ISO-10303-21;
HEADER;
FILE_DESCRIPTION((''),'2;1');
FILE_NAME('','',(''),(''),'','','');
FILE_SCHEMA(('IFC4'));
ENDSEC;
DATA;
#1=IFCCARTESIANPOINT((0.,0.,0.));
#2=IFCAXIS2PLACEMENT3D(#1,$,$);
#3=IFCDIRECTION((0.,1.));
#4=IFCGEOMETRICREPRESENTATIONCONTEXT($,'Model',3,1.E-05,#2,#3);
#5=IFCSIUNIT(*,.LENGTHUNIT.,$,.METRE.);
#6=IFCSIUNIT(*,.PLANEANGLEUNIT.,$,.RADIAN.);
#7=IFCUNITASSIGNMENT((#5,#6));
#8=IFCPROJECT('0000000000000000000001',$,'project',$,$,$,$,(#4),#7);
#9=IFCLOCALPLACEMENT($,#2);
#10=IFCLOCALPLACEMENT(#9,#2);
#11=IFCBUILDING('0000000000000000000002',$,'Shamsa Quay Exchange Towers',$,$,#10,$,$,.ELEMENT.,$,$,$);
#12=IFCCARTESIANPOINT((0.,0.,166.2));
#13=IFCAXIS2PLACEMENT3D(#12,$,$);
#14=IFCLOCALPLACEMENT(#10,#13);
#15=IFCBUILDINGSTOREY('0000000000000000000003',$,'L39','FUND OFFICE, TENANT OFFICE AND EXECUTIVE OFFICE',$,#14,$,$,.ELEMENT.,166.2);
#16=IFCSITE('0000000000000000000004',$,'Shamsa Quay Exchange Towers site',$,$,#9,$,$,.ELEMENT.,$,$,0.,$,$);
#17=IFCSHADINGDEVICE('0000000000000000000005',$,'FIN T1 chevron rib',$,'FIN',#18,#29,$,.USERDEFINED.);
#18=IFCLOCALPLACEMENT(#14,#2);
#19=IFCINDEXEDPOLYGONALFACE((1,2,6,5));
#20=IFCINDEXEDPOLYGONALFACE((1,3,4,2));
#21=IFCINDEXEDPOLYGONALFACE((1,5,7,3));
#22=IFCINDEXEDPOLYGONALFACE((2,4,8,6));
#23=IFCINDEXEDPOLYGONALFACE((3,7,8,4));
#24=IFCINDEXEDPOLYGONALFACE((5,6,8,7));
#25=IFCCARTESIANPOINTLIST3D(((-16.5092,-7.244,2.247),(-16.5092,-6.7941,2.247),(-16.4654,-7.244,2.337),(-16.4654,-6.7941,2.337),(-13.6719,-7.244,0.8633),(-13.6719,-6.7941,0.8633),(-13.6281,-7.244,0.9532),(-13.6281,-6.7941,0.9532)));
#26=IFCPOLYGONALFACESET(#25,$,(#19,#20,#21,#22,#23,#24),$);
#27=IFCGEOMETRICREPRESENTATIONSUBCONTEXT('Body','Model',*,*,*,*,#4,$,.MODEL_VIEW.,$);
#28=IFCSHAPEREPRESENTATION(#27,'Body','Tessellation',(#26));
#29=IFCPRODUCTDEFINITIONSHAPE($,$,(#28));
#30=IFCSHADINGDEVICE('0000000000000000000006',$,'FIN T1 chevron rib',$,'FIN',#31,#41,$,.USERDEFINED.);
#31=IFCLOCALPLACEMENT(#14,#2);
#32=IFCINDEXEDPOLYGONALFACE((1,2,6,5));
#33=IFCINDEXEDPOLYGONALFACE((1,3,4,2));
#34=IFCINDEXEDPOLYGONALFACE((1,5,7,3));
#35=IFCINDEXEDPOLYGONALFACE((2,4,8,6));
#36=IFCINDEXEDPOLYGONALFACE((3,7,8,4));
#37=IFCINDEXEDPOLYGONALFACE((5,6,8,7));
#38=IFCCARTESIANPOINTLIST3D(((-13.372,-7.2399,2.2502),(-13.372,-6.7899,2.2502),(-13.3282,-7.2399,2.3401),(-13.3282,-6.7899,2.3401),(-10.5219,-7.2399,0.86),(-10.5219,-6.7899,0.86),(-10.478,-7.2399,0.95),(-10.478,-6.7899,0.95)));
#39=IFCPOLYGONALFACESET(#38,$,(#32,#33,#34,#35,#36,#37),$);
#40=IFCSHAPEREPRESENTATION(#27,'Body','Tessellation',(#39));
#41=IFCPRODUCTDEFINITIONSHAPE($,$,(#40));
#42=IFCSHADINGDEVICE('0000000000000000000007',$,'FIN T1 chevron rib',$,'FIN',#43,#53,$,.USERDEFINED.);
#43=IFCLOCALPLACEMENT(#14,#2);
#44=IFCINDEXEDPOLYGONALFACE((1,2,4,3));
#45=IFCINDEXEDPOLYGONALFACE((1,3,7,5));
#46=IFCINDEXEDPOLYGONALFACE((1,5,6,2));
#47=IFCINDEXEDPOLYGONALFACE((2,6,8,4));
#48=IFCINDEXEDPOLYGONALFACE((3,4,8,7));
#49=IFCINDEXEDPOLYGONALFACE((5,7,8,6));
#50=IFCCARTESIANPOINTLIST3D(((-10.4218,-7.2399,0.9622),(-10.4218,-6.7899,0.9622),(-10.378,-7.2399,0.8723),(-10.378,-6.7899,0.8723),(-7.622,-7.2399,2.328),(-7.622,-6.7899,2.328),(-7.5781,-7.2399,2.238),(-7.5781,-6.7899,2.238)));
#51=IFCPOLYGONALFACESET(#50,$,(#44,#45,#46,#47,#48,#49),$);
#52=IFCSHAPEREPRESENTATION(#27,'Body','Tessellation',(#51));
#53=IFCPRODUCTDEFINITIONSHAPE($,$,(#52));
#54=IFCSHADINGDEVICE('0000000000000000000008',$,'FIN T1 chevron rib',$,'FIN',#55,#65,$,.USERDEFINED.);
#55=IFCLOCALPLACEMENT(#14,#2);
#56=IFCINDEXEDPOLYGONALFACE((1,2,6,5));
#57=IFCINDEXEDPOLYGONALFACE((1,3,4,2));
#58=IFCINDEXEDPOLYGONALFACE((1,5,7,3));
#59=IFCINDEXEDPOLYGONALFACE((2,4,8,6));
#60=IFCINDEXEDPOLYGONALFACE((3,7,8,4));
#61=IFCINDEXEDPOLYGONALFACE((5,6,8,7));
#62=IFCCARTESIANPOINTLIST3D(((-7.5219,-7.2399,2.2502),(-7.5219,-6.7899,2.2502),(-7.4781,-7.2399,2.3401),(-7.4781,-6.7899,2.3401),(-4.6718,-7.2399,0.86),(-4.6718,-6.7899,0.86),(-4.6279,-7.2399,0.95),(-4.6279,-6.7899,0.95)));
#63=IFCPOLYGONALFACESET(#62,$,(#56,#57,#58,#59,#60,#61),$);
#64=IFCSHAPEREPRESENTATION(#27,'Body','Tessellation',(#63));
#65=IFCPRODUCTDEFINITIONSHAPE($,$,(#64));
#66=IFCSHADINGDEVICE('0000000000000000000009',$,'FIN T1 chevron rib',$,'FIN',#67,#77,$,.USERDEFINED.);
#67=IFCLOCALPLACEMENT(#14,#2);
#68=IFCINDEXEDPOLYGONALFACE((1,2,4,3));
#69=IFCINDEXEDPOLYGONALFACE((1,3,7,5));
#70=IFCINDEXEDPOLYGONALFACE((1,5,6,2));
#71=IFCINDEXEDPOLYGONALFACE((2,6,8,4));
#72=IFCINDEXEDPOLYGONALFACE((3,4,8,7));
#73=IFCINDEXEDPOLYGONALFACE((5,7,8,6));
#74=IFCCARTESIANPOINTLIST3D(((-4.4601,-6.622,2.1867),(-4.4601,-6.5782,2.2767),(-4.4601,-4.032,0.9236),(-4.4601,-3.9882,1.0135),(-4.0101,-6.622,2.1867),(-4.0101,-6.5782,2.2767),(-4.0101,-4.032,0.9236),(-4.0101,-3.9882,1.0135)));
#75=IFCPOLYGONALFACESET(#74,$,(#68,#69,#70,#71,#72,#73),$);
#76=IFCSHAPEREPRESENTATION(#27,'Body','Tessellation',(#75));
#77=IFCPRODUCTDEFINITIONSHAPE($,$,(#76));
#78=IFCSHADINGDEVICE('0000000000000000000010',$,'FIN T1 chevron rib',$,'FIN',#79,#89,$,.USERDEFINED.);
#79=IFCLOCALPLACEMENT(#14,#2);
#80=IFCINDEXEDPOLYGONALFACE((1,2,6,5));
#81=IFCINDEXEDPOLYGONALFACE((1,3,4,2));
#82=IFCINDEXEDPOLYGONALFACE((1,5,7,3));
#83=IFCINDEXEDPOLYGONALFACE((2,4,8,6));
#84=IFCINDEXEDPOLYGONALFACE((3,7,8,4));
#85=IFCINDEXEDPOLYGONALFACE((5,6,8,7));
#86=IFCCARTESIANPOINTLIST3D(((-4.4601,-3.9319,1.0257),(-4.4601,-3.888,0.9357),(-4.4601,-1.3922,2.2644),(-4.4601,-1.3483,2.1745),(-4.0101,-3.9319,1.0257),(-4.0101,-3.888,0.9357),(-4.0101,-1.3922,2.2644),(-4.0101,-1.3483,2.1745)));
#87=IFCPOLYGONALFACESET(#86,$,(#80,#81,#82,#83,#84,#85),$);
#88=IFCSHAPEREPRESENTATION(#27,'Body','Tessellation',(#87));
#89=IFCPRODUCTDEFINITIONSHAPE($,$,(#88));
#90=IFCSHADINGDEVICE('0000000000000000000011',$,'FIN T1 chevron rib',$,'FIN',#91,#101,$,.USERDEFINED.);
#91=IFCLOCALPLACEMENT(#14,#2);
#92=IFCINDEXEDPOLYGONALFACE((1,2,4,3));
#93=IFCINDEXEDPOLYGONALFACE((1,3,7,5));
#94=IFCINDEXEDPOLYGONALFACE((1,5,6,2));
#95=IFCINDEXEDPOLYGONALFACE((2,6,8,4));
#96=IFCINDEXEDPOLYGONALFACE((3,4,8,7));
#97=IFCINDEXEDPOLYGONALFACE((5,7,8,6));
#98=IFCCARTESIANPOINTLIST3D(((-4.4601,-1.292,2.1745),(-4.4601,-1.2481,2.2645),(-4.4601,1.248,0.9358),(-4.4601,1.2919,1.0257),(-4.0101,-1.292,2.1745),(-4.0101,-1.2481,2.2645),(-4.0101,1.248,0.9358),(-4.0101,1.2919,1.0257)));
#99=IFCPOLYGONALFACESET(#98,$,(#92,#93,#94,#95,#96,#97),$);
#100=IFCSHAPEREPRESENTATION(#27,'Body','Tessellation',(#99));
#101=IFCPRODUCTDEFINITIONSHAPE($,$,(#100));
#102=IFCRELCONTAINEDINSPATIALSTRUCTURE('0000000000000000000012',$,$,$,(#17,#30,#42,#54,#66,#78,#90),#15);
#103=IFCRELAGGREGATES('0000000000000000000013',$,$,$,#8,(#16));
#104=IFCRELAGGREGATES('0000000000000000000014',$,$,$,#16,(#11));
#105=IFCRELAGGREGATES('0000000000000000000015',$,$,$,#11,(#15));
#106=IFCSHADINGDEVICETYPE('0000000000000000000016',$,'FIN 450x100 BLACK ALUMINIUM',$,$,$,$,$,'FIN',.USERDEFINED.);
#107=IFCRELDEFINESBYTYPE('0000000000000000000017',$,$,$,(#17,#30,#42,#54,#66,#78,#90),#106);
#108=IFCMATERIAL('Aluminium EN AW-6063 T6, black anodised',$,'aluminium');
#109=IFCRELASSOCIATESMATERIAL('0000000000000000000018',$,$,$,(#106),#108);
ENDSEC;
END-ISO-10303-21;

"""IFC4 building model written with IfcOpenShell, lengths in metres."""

from ifc_helpers import new_model, si_unit, direction, frame, origin, origin_2d, place, context, subcontext, project, spatial, rectangle, extrude, material, material_profile, profile_set, type_object, element, save


model = new_model("IFC4")

# Units and contexts
model_context = context("Model", 3, precision=1e-05, world=origin(), true_north=direction((0.0, 1.0)))
body_context = subcontext(model_context, "Body", "Model", "MODEL_VIEW")
ifc_project = project(units=[si_unit("LENGTHUNIT", "METRE"), si_unit("PLANEANGLEUNIT", "RADIAN")], contexts=[model_context])

# Site, building, storey
site_placement = place(None, origin())
site = spatial("IfcSite", under=ifc_project, at=site_placement, Name="Shamsa Quay Exchange Towers site", CompositionType="ELEMENT", RefElevation=0.0)
building_placement = place(site_placement, origin())
building = spatial("IfcBuilding", under=site, at=building_placement, Name="Shamsa Quay Exchange Towers", CompositionType="ELEMENT")
storey_placement = place(building_placement, frame((0.0, 0.0, 166.2)))
storey = spatial("IfcBuildingStorey", under=building, at=storey_placement, Name="L39", Description="FUND OFFICE, TENANT OFFICE AND EXECUTIVE OFFICE", CompositionType="ELEMENT", Elevation=166.2)

# Shared definitions
ifc_material_1 = material(Name="Aluminium EN AW-6063 T6, black anodised", Category="aluminium")

# Shading devices
ifc_material_profile_1 = material_profile(ifc_material_1, rectangle(XDim=0.45, YDim=0.1001, at=origin_2d()), Name="FIN450x100")
ifc_profile_set_1 = profile_set([ifc_material_profile_1], Name="Aluminium EN AW-6063 T6, black anodised")
shading_device_type = type_object("IfcShadingDeviceType", Name="FIN 450x100 BLACK ALUMINIUM", ElementType="FIN", PredefinedType="USERDEFINED", material=ifc_profile_set_1)
shading_device_1_placement = place(storey_placement, frame((-16.4873, -7.019, 2.292), z_axis=(0.898807, 0.0, -0.438344), x_axis=(0.0, 1.0, 0.0)))
element("IfcShadingDevice", 1, at=shading_device_1_placement, inside=storey, type_object=shading_device_type, Name="FIN T1 chevron rib", ObjectType="FIN", PredefinedType="USERDEFINED", context=body_context, shape_type="SweptSolid", body=[
    extrude(rectangle(XDim=0.45, YDim=0.1001, at=origin_2d()), origin(), (0.0, 0.0, 1.0), 3.1567),
])
shading_device_2_placement = place(storey_placement, frame((-13.3501, -7.0149, 2.2952), z_axis=(0.898788, 0.0, -0.438384), x_axis=(0.0, 1.0, 0.0)))
element("IfcShadingDevice", 2, at=shading_device_2_placement, inside=storey, type_object=shading_device_type, Name="FIN T1 chevron rib", ObjectType="FIN", PredefinedType="USERDEFINED", context=body_context, shape_type="SweptSolid", body=[
    extrude(rectangle(XDim=0.45, YDim=0.1001, at=origin_2d()), origin(), (0.0, 0.0, 1.0), 3.1711),
])
shading_device_3_placement = place(storey_placement, frame((-10.3999, -7.0149, 0.9172), z_axis=(0.898773, 0.0, 0.438414), x_axis=(0.0, 1.0, 0.0)))
element("IfcShadingDevice", 3, at=shading_device_3_placement, inside=storey, type_object=shading_device_type, Name="FIN T1 chevron rib", ObjectType="FIN", PredefinedType="USERDEFINED", context=body_context, shape_type="SweptSolid", body=[
    extrude(rectangle(XDim=0.45, YDim=0.1001, at=origin_2d()), origin(), (0.0, 0.0, 1.0), 3.1152),
])
shading_device_4_placement = place(storey_placement, frame((-7.5, -7.0149, 2.2952), z_axis=(0.898788, 0.0, -0.438384), x_axis=(0.0, 1.0, 0.0)))
element("IfcShadingDevice", 4, at=shading_device_4_placement, inside=storey, type_object=shading_device_type, Name="FIN T1 chevron rib", ObjectType="FIN", PredefinedType="USERDEFINED", context=body_context, shape_type="SweptSolid", body=[
    extrude(rectangle(XDim=0.45, YDim=0.1001, at=origin_2d()), origin(), (0.0, 0.0, 1.0), 3.1711),
])
shading_device_5_placement = place(storey_placement, frame((-4.2351, -6.6001, 2.2317), z_axis=(0.0, 0.898806, -0.438347), x_axis=(-1.0, 0.0, 0.0)))
element("IfcShadingDevice", 5, at=shading_device_5_placement, inside=storey, type_object=shading_device_type, Name="FIN T1 chevron rib", ObjectType="FIN", PredefinedType="USERDEFINED", context=body_context, shape_type="SweptSolid", body=[
    extrude(rectangle(XDim=0.45, YDim=0.1001, at=origin_2d()), origin(), (0.0, 0.0, 1.0), 2.8816),
])
shading_device_6_placement = place(storey_placement, frame((-4.2351, -3.9099, 0.9807), z_axis=(0.0, 0.89879, 0.438379), x_axis=(-1.0, 0.0, 0.0)))
element("IfcShadingDevice", 6, at=shading_device_6_placement, inside=storey, type_object=shading_device_type, Name="FIN T1 chevron rib", ObjectType="FIN", PredefinedType="USERDEFINED", context=body_context, shape_type="SweptSolid", body=[
    extrude(rectangle(XDim=0.45, YDim=0.1001, at=origin_2d()), origin(), (0.0, 0.0, 1.0), 2.8257),
])
shading_device_7_placement = place(storey_placement, frame((-4.2351, -1.27, 2.2195), z_axis=(0.0, 0.898807, -0.438345), x_axis=(-1.0, 0.0, 0.0)))
element("IfcShadingDevice", 7, at=shading_device_7_placement, inside=storey, type_object=shading_device_type, Name="FIN T1 chevron rib", ObjectType="FIN", PredefinedType="USERDEFINED", context=body_context, shape_type="SweptSolid", body=[
    extrude(rectangle(XDim=0.45, YDim=0.1001, at=origin_2d()), origin(), (0.0, 0.0, 1.0), 2.8259),
])

save(model, "model.ifc")
